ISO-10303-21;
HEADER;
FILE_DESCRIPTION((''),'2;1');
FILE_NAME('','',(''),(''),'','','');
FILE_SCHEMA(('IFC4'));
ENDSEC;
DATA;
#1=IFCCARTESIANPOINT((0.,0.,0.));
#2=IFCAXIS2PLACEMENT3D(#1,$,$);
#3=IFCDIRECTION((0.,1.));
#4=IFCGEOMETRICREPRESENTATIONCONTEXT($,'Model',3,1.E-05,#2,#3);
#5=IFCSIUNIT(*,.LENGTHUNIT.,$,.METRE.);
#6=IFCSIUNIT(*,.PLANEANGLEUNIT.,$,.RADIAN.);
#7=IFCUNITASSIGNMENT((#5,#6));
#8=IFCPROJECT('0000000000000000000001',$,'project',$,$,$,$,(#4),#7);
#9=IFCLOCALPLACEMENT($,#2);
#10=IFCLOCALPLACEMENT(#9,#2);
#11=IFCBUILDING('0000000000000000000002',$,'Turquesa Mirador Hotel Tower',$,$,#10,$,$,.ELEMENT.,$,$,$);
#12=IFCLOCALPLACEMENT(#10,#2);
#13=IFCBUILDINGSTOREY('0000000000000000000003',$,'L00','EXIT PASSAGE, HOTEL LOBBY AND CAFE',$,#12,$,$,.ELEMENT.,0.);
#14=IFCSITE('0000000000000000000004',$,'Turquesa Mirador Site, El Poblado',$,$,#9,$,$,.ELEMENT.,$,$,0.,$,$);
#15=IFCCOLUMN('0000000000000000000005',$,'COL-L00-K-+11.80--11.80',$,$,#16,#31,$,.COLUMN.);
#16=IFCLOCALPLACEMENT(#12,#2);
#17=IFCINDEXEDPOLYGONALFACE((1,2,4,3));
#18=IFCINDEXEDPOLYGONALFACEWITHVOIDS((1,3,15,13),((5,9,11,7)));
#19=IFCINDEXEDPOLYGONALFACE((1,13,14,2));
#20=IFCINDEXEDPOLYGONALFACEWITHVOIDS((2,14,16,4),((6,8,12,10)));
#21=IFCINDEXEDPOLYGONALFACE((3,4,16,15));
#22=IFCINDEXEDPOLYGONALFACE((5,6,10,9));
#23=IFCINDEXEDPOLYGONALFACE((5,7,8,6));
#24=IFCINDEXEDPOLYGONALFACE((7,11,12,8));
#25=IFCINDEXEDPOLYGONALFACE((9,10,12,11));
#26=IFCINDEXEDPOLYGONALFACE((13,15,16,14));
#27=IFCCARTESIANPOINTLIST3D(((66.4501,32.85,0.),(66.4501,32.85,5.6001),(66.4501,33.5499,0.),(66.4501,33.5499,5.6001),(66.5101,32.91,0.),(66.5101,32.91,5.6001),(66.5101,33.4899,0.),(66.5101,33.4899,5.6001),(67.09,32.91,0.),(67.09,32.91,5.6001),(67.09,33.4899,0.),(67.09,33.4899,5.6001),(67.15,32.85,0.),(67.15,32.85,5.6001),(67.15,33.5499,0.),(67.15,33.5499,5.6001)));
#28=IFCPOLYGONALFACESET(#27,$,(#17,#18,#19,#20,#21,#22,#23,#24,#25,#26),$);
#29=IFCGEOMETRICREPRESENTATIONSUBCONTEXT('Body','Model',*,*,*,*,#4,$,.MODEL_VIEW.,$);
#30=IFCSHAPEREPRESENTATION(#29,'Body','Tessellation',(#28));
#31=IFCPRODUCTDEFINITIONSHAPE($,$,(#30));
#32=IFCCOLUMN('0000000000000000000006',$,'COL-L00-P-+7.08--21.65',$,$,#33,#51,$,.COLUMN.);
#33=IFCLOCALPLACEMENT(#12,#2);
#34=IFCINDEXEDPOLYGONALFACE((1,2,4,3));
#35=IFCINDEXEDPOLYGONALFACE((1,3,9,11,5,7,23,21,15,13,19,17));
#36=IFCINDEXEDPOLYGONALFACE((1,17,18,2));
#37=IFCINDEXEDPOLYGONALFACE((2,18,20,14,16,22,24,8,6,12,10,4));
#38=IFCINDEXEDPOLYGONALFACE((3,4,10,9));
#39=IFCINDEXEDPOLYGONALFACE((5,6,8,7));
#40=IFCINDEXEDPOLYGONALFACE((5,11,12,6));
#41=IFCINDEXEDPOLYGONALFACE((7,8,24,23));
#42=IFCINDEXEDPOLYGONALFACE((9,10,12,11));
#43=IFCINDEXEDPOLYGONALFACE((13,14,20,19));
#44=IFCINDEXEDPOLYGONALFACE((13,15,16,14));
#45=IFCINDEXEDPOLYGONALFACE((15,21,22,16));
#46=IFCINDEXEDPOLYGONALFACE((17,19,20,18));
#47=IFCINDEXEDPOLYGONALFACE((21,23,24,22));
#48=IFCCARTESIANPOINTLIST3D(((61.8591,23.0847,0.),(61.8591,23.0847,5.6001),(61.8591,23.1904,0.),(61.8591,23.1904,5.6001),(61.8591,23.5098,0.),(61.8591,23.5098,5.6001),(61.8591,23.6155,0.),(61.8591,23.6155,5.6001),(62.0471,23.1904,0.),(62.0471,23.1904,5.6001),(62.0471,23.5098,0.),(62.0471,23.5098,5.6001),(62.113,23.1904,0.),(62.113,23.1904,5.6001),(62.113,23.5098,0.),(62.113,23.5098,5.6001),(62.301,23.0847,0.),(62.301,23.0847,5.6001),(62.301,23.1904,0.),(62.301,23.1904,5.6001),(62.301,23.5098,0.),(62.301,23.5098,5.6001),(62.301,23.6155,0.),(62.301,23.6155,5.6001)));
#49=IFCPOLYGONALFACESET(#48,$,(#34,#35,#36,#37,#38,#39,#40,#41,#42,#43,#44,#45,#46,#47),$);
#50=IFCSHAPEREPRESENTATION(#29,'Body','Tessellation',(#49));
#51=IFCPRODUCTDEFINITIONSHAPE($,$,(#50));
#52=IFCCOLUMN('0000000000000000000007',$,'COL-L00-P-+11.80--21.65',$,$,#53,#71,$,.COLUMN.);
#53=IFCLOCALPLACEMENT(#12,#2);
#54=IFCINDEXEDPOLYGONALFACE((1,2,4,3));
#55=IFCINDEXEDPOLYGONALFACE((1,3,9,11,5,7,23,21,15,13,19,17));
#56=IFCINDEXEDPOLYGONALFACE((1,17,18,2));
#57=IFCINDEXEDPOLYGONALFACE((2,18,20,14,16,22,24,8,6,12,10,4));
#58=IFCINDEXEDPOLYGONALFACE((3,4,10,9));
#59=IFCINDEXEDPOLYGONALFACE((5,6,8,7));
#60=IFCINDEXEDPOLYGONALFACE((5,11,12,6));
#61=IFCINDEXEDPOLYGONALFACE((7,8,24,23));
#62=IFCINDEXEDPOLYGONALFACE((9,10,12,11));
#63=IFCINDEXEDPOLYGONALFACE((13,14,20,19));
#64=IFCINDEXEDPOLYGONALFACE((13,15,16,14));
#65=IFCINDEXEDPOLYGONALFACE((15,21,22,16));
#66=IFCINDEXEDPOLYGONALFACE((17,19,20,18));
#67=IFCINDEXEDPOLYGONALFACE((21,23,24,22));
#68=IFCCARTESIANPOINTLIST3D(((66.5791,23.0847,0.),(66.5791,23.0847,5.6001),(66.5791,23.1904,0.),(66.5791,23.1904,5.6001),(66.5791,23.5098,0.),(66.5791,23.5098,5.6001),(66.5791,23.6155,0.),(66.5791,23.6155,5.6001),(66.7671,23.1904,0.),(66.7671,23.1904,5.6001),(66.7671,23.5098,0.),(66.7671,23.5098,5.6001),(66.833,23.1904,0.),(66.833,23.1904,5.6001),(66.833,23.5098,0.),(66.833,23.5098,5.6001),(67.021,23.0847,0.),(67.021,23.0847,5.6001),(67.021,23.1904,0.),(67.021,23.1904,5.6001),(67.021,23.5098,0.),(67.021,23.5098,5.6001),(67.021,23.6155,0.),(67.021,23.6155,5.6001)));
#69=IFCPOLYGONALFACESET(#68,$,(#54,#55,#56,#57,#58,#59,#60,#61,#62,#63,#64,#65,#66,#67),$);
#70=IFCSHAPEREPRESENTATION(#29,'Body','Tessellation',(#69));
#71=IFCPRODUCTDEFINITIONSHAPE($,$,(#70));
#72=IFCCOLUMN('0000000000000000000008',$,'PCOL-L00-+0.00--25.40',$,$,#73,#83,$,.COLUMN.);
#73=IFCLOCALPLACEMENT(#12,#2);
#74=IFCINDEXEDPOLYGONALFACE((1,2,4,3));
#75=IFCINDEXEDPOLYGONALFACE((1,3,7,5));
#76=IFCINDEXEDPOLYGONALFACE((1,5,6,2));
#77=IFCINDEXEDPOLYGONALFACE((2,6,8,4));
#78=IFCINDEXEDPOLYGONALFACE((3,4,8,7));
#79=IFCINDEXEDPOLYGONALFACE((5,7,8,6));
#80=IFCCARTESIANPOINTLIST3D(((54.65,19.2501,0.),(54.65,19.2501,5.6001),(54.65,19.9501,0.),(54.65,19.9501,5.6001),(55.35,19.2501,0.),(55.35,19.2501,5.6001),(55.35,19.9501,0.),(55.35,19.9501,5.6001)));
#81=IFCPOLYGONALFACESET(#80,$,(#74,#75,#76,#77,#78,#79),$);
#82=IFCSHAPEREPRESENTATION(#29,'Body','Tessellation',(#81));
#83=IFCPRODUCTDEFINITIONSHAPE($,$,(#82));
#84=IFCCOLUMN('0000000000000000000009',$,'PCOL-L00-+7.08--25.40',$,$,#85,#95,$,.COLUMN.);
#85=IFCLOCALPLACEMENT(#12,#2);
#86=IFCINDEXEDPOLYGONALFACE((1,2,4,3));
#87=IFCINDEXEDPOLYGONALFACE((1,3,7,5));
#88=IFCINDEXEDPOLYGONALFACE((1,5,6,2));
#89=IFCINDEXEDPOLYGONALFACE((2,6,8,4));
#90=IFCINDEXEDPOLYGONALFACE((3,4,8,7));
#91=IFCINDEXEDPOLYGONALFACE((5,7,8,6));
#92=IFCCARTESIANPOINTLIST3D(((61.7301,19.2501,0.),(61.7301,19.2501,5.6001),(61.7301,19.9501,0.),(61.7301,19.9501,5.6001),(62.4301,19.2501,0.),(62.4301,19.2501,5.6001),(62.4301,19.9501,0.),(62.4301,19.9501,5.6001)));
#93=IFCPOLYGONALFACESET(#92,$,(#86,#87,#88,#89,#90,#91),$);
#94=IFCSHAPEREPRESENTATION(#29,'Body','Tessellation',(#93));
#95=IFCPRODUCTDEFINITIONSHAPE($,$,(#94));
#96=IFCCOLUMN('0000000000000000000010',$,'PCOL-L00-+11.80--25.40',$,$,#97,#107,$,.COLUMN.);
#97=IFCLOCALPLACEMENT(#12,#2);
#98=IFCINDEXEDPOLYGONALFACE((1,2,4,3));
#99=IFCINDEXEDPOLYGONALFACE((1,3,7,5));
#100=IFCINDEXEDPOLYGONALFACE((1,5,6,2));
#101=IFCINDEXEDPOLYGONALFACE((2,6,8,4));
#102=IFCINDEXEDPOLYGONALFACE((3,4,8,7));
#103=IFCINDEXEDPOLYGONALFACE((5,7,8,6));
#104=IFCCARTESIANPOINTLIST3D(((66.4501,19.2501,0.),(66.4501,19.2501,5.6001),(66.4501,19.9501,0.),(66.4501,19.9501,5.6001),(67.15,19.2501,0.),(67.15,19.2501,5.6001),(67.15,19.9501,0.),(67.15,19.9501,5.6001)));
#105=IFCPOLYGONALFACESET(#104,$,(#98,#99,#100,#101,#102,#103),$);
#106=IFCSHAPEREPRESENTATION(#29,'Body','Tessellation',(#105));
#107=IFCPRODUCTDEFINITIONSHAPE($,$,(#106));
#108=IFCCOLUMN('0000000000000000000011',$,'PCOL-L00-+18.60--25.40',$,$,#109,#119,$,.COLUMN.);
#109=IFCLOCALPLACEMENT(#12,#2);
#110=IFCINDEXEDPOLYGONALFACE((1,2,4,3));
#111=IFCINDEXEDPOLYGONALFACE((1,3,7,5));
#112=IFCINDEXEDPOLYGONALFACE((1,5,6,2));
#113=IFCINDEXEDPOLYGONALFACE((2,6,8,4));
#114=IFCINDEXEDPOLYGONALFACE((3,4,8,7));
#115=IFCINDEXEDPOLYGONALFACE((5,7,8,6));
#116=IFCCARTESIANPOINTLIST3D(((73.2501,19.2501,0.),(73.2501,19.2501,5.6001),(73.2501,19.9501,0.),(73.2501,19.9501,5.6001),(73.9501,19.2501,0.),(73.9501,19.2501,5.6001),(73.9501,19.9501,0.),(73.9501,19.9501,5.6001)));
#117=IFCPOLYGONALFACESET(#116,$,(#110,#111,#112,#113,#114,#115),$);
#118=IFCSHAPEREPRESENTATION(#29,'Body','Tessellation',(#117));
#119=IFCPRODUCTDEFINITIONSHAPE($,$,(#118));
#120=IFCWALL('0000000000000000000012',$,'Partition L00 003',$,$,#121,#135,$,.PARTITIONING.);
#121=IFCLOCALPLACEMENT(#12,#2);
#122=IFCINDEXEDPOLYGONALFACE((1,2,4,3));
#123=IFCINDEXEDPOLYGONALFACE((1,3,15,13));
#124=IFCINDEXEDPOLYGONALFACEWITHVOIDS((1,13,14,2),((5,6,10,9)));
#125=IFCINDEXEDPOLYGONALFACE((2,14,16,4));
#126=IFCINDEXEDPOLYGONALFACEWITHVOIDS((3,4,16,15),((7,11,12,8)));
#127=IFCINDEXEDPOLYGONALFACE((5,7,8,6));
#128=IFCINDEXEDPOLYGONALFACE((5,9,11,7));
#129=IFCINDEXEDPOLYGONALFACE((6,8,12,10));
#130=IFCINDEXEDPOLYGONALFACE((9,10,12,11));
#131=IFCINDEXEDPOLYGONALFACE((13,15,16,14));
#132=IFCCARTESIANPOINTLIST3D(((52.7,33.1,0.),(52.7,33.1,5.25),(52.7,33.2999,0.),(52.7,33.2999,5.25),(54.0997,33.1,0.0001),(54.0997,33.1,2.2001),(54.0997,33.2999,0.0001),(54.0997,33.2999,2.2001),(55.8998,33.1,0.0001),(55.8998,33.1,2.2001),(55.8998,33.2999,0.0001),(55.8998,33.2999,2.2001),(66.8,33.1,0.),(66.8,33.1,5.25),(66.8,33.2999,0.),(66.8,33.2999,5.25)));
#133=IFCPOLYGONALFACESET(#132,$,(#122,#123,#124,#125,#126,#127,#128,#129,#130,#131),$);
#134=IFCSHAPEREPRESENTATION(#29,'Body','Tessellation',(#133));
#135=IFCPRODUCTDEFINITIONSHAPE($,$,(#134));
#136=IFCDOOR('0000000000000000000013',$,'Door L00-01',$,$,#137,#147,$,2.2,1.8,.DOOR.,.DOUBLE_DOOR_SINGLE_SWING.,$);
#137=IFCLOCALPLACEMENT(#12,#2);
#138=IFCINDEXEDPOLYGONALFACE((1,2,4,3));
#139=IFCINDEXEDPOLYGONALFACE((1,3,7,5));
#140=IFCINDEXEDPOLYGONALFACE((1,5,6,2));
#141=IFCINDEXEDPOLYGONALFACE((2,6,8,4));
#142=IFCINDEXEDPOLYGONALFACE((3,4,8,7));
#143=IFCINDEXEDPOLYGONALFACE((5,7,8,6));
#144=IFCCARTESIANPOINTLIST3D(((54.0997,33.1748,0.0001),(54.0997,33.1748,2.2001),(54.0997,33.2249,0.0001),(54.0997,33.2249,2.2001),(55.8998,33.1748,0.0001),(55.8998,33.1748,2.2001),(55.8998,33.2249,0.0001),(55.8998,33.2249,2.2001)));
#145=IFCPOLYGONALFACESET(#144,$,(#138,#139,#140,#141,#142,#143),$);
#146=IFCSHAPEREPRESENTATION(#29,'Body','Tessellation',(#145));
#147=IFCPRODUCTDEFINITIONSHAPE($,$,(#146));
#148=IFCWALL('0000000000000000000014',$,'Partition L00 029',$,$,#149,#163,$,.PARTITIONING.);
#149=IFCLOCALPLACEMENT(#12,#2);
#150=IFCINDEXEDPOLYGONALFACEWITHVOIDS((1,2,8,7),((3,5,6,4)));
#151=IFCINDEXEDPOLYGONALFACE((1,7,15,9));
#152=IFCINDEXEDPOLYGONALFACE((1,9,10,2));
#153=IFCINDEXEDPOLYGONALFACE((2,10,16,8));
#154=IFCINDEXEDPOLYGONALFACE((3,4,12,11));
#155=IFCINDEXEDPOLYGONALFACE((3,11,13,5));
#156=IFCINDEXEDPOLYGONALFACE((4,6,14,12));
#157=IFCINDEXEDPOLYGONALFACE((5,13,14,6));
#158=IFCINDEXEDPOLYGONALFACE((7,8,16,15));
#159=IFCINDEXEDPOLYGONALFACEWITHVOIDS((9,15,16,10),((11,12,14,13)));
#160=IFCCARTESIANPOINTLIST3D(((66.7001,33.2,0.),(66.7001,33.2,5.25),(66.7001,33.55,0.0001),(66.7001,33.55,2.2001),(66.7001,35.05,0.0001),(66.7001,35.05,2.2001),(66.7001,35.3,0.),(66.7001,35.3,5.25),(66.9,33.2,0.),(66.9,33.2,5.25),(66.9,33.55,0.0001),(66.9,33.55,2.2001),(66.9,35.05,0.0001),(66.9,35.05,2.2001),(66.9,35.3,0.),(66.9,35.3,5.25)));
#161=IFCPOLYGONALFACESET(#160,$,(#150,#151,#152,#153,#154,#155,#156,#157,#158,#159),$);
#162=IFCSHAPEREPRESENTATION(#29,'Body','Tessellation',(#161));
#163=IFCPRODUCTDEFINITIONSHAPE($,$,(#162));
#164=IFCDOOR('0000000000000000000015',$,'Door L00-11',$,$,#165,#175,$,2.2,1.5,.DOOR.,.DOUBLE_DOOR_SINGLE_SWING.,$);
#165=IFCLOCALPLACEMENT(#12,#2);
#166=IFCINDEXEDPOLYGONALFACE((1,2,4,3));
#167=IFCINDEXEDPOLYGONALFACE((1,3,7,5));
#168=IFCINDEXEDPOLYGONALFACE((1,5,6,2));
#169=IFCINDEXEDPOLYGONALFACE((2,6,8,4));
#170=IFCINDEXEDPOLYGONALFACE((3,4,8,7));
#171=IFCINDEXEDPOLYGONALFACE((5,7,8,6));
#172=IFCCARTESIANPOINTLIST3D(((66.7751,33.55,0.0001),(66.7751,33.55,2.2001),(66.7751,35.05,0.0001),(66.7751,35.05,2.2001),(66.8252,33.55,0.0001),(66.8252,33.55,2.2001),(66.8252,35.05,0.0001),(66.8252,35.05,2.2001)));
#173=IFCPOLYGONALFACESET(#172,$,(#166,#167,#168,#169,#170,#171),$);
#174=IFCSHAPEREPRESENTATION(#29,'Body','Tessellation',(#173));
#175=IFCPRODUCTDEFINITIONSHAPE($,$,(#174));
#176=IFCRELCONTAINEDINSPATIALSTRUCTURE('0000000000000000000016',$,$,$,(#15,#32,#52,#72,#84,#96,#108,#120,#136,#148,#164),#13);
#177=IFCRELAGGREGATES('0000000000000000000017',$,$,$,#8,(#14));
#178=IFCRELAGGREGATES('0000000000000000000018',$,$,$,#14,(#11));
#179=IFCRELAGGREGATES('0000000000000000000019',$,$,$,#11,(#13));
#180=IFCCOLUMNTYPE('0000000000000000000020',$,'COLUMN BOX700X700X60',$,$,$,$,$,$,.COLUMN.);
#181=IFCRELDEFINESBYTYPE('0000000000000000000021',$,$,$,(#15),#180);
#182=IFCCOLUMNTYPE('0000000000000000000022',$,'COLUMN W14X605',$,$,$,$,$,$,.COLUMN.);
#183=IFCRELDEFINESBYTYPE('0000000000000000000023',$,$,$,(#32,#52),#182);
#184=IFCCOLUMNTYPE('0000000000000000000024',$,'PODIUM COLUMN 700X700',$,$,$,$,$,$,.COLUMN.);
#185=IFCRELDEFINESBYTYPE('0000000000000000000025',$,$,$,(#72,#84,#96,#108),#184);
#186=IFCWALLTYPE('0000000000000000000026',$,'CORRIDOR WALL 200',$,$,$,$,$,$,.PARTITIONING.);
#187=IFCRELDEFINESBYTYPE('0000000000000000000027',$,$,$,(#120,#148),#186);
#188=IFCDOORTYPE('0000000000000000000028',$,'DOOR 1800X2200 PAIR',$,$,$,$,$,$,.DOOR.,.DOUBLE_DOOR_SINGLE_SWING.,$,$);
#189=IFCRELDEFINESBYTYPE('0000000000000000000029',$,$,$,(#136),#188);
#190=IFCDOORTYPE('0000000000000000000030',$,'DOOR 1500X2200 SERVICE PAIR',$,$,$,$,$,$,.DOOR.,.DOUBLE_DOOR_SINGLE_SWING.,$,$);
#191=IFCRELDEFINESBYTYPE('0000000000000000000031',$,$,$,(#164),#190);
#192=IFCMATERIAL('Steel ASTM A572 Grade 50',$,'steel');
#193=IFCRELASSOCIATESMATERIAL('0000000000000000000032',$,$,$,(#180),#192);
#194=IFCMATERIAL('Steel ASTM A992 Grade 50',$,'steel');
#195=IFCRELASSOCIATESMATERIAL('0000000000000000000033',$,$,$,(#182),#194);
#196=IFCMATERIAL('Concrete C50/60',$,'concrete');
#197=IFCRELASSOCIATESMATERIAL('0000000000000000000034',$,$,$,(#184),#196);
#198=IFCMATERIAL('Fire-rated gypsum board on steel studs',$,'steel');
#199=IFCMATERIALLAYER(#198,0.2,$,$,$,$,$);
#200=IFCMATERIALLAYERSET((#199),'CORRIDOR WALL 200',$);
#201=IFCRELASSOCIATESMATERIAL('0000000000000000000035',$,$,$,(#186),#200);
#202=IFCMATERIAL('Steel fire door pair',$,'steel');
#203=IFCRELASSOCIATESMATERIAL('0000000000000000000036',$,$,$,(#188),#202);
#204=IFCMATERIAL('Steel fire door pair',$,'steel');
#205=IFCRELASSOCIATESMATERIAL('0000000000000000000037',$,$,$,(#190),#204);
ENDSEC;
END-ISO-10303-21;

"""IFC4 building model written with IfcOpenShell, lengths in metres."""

from ifc_helpers import new_model, si_unit, direction, frame, frame_2d, origin, origin_2d, place, context, subcontext, project, spatial, rectangle, hollow_rectangle, i_section, extrude, material, layer, layer_set, material_profile, profile_set, type_object, element, fill, save


model = new_model("IFC4")

# Units and contexts
model_context = context("Model", 3, precision=1e-05, world=origin(), true_north=direction((0.0, 1.0)))
body_context = subcontext(model_context, "Body", "Model", "MODEL_VIEW")
ifc_project = project(units=[si_unit("LENGTHUNIT", "METRE"), si_unit("PLANEANGLEUNIT", "RADIAN")], contexts=[model_context])

# Site, building, storey
site_placement = place(None, origin())
site = spatial("IfcSite", under=ifc_project, at=site_placement, Name="Turquesa Mirador Site, El Poblado", CompositionType="ELEMENT", RefElevation=0.0)
building_placement = place(site_placement, origin())
building = spatial("IfcBuilding", under=site, at=building_placement, Name="Turquesa Mirador Hotel Tower", CompositionType="ELEMENT")
storey_placement = place(building_placement, origin())
storey = spatial("IfcBuildingStorey", under=building, at=storey_placement, Name="L00", Description="EXIT PASSAGE, HOTEL LOBBY AND CAFE", CompositionType="ELEMENT", Elevation=0.0)

# Columns
ifc_material_1 = material(Name="Steel ASTM A572 Grade 50", Category="steel")
ifc_material_profile_1 = material_profile(ifc_material_1, hollow_rectangle(XDim=0.7, YDim=0.7, WallThickness=0.0601, at=origin_2d()), Name="BOX700X700X60")
ifc_profile_set_1 = profile_set([ifc_material_profile_1], Name="Steel ASTM A572 Grade 50")
column_type_1 = type_object("IfcColumnType", Name="COLUMN BOX700X700X60", PredefinedType="COLUMN", material=ifc_profile_set_1)
column_placement = place(storey_placement, frame((66.8, 33.2, 0.0), z_axis=(0.0, 0.0, 1.0), x_axis=(1.0, 0.0, 0.0)))
element("IfcColumn", 1, at=column_placement, inside=storey, type_object=column_type_1, Name="COL-L00-K-+11.80--11.80", PredefinedType="COLUMN", context=body_context, shape_type="SweptSolid", body=[
    extrude(hollow_rectangle(XDim=0.7, YDim=0.7, WallThickness=0.0601, at=origin_2d()), origin(), (0.0, 0.0, 1.0), 5.6001),
])
ifc_material_2 = material(Name="Steel ASTM A992 Grade 50", Category="steel")
ifc_material_profile_2 = material_profile(ifc_material_2, i_section(OverallWidth=0.4419, OverallDepth=0.5308, WebThickness=0.0659, FlangeThickness=0.1057, at=origin_2d()), Name="W14X605")
ifc_profile_set_2 = profile_set([ifc_material_profile_2], Name="Steel ASTM A992 Grade 50")
column_type_2 = type_object("IfcColumnType", Name="COLUMN W14X605", PredefinedType="COLUMN", material=ifc_profile_set_2)
for number, where, z_axis, x_axis, name in (
    (2, (62.0801, 23.3501, 0.0), (0.0, 0.0, 1.0), (1.0, 0.0, 0.0), "COL-L00-P-+7.08--21.65"),
    (3, (66.8, 23.3501, 0.0), (0.0, 0.0, 1.0), (1.0, 0.0, 0.0), "COL-L00-P-+11.80--21.65"),
):
    element("IfcColumn", number, at=place(storey_placement, frame(where, z_axis=z_axis, x_axis=x_axis)), inside=storey, type_object=column_type_2, Name=name, PredefinedType="COLUMN", context=body_context, shape_type="SweptSolid", body=[
        extrude(i_section(OverallWidth=0.4419, OverallDepth=0.5308, WebThickness=0.0659, FlangeThickness=0.1057, at=origin_2d()), origin(), (0.0, 0.0, 1.0), 5.6001),
    ])
ifc_material_3 = material(Name="Concrete C50/60", Category="concrete")
ifc_material_profile_3 = material_profile(ifc_material_3, rectangle(XDim=0.7, YDim=0.7, at=origin_2d()), Name="RC 700X700")
ifc_profile_set_3 = profile_set([ifc_material_profile_3], Name="Concrete C50/60")
column_type_3 = type_object("IfcColumnType", Name="PODIUM COLUMN 700X700", PredefinedType="COLUMN", material=ifc_profile_set_3)
for number, where, z_axis, x_axis, name in (
    (4, (55.0, 19.6001, 0.0), (0.0, 0.0, 1.0), (1.0, 0.0, 0.0), "PCOL-L00-+0.00--25.40"),
    (5, (62.0801, 19.6001, 0.0), (0.0, 0.0, 1.0), (1.0, 0.0, 0.0), "PCOL-L00-+7.08--25.40"),
    (6, (66.8, 19.6001, 0.0), (0.0, 0.0, 1.0), (1.0, 0.0, 0.0), "PCOL-L00-+11.80--25.40"),
    (7, (73.6001, 19.6001, 0.0), (0.0, 0.0, 1.0), (1.0, 0.0, 0.0), "PCOL-L00-+18.60--25.40"),
):
    element("IfcColumn", number, at=place(storey_placement, frame(where, z_axis=z_axis, x_axis=x_axis)), inside=storey, type_object=column_type_3, Name=name, PredefinedType="COLUMN", context=body_context, shape_type="SweptSolid", body=[
        extrude(rectangle(XDim=0.7, YDim=0.7, at=origin_2d()), origin(), (0.0, 0.0, 1.0), 5.6001),
    ])

# Walls, openings, doors
ifc_material_4 = material(Name="Fire-rated gypsum board on steel studs", Category="steel")
ifc_layer_1 = layer(ifc_material_4, 0.2)
ifc_layer_set_1 = layer_set([ifc_layer_1], Name="CORRIDOR WALL 200")
wall_type_1 = type_object("IfcWallType", Name="CORRIDOR WALL 200", PredefinedType="PARTITIONING", material=ifc_layer_set_1)
wall_1_placement = place(storey_placement, frame((52.7, 33.2, 0.0), z_axis=(0.0, 0.0, 1.0), x_axis=(1.0, 0.0, 0.0)))
wall_1 = element("IfcWall", 8, at=wall_1_placement, inside=storey, type_object=wall_type_1, Name="Partition L00 003", PredefinedType="PARTITIONING", context=body_context, shape_type="SweptSolid", body=[
    extrude(rectangle(XDim=14.1001, YDim=0.2, at=frame_2d((7.05, 0.0))), origin(), (0.0, 0.0, 1.0), 5.25),
])
opening_1_placement = place(wall_1_placement, frame((1.3999, 0.0, 0.0)))
opening_1 = element("IfcOpeningElement", 9, at=opening_1_placement, cuts=wall_1, PredefinedType="OPENING", context=body_context, shape_type="SweptSolid", body=[
    extrude(rectangle(XDim=1.8, YDim=2.2, at=frame_2d((0.8999, 1.1001))), frame((0.0, 0.1099, 0.0), z_axis=(0.0, -1.0, 0.0), x_axis=(1.0, 0.0, 0.0)), (0.0, 0.0, 1.0), 0.22),
])
ifc_material_5 = material(Name="Steel fire door pair", Category="steel")
door_type_1 = type_object("IfcDoorType", Name="DOOR 1800X2200 PAIR", OperationType="DOUBLE_DOOR_SINGLE_SWING", PredefinedType="DOOR", material=ifc_material_5)
door_1_placement = place(opening_1_placement, origin())
door_1 = element("IfcDoor", 10, at=door_1_placement, inside=storey, type_object=door_type_1, Name="Door L00-01", OperationType="DOUBLE_DOOR_SINGLE_SWING", OverallHeight=2.2, OverallWidth=1.8, PredefinedType="DOOR", context=body_context, shape_type="SweptSolid", body=[
    extrude(rectangle(XDim=1.8, YDim=2.2, at=frame_2d((0.8999, 1.1001))), frame((0.0, 0.0249, 0.0), z_axis=(0.0, -1.0, 0.0), x_axis=(1.0, 0.0, 0.0)), (0.0, 0.0, 1.0), 0.05),
])
fill(opening_1, door_1)
wall_2_placement = place(storey_placement, frame((66.8, 33.2, 0.0), z_axis=(0.0, 0.0, 1.0), x_axis=(0.0, 1.0, 0.0)))
wall_2 = element("IfcWall", 11, at=wall_2_placement, inside=storey, type_object=wall_type_1, Name="Partition L00 029", PredefinedType="PARTITIONING", context=body_context, shape_type="SweptSolid", body=[
    extrude(rectangle(XDim=2.1001, YDim=0.2, at=frame_2d((1.05, 0.0))), origin(), (0.0, 0.0, 1.0), 5.25),
])
opening_2_placement = place(wall_2_placement, frame((0.3501, 0.0, 0.0)))
opening_2 = element("IfcOpeningElement", 12, at=opening_2_placement, cuts=wall_2, PredefinedType="OPENING", context=body_context, shape_type="SweptSolid", body=[
    extrude(rectangle(XDim=1.5, YDim=2.2, at=frame_2d((0.75, 1.1001))), frame((0.0, 0.1099, 0.0), z_axis=(0.0, -1.0, 0.0), x_axis=(1.0, 0.0, 0.0)), (0.0, 0.0, 1.0), 0.22),
])
ifc_material_6 = material(Name="Steel fire door pair", Category="steel")
door_type_2 = type_object("IfcDoorType", Name="DOOR 1500X2200 SERVICE PAIR", OperationType="DOUBLE_DOOR_SINGLE_SWING", PredefinedType="DOOR", material=ifc_material_6)
door_2_placement = place(opening_2_placement, origin())
door_2 = element("IfcDoor", 13, at=door_2_placement, inside=storey, type_object=door_type_2, Name="Door L00-11", OperationType="DOUBLE_DOOR_SINGLE_SWING", OverallHeight=2.2, OverallWidth=1.5, PredefinedType="DOOR", context=body_context, shape_type="SweptSolid", body=[
    extrude(rectangle(XDim=1.5, YDim=2.2, at=frame_2d((0.75, 1.1001))), frame((0.0, 0.0249, 0.0), z_axis=(0.0, -1.0, 0.0), x_axis=(1.0, 0.0, 0.0)), (0.0, 0.0, 1.0), 0.05),
])
fill(opening_2, door_2)

save(model, "model.ifc")
